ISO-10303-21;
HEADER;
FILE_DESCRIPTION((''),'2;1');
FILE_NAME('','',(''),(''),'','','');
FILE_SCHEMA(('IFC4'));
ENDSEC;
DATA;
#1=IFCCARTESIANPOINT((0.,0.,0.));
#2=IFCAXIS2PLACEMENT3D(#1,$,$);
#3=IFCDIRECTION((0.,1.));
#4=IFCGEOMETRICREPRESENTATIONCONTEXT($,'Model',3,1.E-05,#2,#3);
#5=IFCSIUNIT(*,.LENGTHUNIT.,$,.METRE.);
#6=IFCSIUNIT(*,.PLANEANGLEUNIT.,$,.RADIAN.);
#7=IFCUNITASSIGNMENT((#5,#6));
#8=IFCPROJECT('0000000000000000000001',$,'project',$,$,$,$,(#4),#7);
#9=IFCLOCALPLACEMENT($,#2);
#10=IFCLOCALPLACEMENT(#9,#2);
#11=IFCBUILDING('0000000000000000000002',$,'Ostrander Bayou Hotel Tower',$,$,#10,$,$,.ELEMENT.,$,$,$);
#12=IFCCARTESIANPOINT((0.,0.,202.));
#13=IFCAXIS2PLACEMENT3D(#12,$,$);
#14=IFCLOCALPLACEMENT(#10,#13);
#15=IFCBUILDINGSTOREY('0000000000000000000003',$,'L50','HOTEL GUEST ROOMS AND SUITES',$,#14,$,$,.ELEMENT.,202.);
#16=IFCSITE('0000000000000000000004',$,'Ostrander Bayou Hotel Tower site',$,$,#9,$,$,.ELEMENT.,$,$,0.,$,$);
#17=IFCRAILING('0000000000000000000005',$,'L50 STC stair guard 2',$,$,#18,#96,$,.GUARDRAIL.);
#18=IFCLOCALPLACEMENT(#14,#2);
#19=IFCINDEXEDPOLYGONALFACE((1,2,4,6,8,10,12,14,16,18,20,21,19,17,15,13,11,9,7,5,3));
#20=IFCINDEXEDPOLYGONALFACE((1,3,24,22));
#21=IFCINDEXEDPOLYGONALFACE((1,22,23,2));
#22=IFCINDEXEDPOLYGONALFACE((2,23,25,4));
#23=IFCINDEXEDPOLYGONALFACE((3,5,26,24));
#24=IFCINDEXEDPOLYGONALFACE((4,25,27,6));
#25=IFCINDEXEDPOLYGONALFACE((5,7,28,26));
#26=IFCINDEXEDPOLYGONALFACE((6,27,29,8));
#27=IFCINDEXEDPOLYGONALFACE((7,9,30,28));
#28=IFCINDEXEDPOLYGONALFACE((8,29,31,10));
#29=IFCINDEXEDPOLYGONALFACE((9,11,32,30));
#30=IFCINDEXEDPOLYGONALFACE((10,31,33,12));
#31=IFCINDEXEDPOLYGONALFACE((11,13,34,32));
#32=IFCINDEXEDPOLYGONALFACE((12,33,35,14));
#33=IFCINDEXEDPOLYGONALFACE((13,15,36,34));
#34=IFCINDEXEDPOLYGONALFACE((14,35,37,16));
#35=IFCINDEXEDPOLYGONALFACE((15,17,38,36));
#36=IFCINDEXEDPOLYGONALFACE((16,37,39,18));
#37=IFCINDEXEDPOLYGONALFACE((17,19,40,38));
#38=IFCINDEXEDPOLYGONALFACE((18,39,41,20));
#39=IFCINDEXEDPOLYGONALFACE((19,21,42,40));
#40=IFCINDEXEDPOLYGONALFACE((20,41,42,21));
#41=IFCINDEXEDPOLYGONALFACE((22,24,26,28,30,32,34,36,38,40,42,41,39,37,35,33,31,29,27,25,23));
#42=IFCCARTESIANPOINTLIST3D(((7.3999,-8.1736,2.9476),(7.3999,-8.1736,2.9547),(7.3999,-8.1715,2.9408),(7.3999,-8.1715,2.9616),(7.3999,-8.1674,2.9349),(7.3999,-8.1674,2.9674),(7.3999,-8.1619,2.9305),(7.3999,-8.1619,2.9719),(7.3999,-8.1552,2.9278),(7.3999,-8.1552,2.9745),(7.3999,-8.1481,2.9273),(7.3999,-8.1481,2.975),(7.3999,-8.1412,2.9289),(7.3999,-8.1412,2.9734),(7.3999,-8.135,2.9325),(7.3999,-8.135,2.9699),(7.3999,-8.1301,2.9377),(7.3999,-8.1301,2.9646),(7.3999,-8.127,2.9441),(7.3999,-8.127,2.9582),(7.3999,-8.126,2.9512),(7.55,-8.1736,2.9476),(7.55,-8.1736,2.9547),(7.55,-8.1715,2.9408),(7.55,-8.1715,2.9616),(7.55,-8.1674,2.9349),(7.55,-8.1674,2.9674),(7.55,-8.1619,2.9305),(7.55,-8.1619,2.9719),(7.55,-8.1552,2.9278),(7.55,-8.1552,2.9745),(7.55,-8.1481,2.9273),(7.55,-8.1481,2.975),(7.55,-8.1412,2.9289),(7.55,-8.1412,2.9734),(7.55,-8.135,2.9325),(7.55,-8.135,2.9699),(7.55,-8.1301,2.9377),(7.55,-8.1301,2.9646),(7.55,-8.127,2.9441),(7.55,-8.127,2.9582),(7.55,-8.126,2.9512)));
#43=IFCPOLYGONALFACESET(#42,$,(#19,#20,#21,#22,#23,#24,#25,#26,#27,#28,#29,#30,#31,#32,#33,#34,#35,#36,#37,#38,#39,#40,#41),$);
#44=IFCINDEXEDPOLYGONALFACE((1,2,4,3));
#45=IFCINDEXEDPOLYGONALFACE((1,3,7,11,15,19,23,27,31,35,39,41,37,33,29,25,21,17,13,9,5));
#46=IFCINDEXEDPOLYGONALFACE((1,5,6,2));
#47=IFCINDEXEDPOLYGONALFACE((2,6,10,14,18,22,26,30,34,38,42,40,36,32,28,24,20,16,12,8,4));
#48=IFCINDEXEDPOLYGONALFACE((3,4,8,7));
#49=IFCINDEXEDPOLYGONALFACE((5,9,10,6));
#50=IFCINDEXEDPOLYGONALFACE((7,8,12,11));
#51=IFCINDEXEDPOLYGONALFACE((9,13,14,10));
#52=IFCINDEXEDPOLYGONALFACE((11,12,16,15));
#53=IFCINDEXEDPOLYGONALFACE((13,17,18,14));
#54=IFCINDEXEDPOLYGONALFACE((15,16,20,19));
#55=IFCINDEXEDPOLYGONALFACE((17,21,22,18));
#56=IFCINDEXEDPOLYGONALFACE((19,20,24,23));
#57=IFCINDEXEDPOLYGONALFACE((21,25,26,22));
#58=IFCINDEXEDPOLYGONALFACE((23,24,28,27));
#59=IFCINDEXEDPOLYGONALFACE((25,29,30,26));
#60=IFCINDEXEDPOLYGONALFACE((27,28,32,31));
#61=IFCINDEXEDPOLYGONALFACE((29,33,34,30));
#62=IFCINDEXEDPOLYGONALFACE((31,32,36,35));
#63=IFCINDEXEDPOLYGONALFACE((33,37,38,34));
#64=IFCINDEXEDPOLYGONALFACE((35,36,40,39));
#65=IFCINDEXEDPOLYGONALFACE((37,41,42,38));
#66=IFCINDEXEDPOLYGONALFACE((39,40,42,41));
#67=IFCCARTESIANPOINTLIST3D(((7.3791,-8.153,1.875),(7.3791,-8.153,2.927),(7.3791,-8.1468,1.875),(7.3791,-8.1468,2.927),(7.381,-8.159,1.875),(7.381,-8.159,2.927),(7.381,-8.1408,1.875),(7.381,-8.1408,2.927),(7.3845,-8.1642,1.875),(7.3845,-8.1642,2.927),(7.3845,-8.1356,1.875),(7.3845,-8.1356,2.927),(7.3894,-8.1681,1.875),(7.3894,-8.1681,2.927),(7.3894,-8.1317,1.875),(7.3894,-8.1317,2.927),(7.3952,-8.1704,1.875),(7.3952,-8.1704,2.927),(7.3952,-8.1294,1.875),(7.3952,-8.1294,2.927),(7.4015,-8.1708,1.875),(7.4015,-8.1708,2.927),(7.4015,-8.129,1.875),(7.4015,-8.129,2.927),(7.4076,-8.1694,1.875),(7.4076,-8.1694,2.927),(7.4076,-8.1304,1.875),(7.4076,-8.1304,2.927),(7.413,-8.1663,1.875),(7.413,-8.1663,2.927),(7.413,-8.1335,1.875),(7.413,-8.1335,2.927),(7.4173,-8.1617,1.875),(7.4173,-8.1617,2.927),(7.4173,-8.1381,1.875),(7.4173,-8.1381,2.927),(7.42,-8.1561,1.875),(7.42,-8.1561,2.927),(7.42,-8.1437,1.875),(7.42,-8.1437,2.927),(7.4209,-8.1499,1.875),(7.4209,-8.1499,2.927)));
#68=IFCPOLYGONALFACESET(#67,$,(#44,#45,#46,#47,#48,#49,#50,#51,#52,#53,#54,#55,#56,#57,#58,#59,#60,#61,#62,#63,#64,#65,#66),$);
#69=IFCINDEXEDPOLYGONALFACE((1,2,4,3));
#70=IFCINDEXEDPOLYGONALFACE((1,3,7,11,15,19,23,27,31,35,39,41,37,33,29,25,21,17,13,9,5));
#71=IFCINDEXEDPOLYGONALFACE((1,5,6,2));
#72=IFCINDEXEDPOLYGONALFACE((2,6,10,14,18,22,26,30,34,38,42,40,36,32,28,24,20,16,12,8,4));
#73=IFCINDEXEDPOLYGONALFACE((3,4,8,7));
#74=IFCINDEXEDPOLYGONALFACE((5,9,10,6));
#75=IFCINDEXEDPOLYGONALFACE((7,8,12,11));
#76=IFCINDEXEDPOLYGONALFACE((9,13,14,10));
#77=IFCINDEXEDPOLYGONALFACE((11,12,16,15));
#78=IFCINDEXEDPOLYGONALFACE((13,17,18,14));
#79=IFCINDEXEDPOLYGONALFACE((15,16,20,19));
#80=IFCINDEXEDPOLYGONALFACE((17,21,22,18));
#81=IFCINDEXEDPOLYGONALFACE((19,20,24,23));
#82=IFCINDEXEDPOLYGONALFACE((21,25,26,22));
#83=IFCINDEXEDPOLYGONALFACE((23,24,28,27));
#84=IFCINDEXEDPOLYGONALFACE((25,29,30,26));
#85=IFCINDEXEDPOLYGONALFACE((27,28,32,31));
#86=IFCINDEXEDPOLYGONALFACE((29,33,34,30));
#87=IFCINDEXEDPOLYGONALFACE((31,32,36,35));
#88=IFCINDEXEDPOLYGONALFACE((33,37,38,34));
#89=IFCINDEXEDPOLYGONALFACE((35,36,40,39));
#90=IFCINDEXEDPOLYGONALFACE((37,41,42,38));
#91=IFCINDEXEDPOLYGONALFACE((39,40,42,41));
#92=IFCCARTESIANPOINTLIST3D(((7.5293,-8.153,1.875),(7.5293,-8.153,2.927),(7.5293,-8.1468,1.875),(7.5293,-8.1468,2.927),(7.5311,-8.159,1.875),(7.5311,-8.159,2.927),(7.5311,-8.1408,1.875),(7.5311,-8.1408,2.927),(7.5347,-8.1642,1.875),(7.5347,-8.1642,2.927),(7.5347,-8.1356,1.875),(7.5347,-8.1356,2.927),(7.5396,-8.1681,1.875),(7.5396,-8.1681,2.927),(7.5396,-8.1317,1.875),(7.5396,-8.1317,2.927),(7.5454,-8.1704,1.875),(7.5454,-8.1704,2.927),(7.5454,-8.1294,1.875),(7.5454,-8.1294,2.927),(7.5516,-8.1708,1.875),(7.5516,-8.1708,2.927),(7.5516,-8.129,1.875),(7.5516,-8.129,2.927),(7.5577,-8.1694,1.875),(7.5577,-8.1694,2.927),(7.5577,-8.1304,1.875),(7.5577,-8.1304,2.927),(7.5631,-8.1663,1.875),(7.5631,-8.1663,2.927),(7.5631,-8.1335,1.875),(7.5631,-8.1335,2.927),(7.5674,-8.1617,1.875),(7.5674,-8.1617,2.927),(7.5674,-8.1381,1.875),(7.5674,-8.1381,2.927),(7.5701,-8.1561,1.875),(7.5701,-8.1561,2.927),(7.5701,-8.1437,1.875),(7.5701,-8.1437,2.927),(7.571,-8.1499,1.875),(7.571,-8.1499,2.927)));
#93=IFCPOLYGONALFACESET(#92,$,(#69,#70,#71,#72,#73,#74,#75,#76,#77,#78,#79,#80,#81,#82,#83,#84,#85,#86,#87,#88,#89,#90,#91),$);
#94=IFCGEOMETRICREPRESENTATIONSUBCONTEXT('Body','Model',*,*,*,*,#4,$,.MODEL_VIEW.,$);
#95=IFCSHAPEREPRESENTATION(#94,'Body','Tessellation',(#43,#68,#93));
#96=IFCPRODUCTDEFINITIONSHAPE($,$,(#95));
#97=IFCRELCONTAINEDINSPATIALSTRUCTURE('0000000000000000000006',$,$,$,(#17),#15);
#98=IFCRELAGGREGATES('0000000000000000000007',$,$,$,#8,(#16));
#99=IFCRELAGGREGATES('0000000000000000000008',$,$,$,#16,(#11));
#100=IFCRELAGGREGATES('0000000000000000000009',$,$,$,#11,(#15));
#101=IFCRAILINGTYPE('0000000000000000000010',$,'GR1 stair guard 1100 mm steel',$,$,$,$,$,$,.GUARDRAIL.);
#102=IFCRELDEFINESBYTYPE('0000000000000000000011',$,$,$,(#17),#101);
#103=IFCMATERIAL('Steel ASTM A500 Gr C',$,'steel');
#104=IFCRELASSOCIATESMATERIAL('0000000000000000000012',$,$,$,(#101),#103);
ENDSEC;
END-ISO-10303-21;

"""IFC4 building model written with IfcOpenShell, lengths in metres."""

from ifc_helpers import new_model, si_unit, direction, frame, origin, origin_2d, place, context, subcontext, project, spatial, circle, extrude, material, type_object, element, save


model = new_model("IFC4")

# Units and contexts
model_context = context("Model", 3, precision=1e-05, world=origin(), true_north=direction((0.0, 1.0)))
body_context = subcontext(model_context, "Body", "Model", "MODEL_VIEW")
ifc_project = project(units=[si_unit("LENGTHUNIT", "METRE"), si_unit("PLANEANGLEUNIT", "RADIAN")], contexts=[model_context])

# Site, building, storey
site_placement = place(None, origin())
site = spatial("IfcSite", under=ifc_project, at=site_placement, Name="Ostrander Bayou Hotel Tower site", CompositionType="ELEMENT", RefElevation=0.0)
building_placement = place(site_placement, origin())
building = spatial("IfcBuilding", under=site, at=building_placement, Name="Ostrander Bayou Hotel Tower", CompositionType="ELEMENT")
storey_placement = place(building_placement, frame((0.0, 0.0, 202.0)))
storey = spatial("IfcBuildingStorey", under=building, at=storey_placement, Name="L50", Description="HOTEL GUEST ROOMS AND SUITES", CompositionType="ELEMENT", Elevation=202.0)

# Railing
ifc_material_1 = material(Name="Steel ASTM A500 Gr C", Category="steel")
railing_type_1 = type_object("IfcRailingType", Name="GR1 stair guard 1100 mm steel", PredefinedType="GUARDRAIL", material=ifc_material_1)
railing_1_placement = place(storey_placement, frame((7.3999, -8.1499, 1.875)))
element("IfcRailing", 1, at=railing_1_placement, inside=storey, type_object=railing_type_1, Name="L50 STC stair guard 2", PredefinedType="GUARDRAIL", context=body_context, shape_type="SweptSolid", body=[
    extrude(circle(Radius=0.0239, at=origin_2d()), frame((0.0, 0.0, 1.0762), z_axis=(1.0, 0.0, 0.0), x_axis=(0.0, 1.0, 0.0)), (0.0, 0.0, 1.0), 0.1501),
    extrude(circle(Radius=0.021, at=origin_2d()), origin(), (0.0, 0.0, 1.0), 1.052),
    extrude(circle(Radius=0.021, at=origin_2d()), frame((0.1501, 0.0, 0.0)), (0.0, 0.0, 1.0), 1.052),
])

save(model, "model.ifc")
